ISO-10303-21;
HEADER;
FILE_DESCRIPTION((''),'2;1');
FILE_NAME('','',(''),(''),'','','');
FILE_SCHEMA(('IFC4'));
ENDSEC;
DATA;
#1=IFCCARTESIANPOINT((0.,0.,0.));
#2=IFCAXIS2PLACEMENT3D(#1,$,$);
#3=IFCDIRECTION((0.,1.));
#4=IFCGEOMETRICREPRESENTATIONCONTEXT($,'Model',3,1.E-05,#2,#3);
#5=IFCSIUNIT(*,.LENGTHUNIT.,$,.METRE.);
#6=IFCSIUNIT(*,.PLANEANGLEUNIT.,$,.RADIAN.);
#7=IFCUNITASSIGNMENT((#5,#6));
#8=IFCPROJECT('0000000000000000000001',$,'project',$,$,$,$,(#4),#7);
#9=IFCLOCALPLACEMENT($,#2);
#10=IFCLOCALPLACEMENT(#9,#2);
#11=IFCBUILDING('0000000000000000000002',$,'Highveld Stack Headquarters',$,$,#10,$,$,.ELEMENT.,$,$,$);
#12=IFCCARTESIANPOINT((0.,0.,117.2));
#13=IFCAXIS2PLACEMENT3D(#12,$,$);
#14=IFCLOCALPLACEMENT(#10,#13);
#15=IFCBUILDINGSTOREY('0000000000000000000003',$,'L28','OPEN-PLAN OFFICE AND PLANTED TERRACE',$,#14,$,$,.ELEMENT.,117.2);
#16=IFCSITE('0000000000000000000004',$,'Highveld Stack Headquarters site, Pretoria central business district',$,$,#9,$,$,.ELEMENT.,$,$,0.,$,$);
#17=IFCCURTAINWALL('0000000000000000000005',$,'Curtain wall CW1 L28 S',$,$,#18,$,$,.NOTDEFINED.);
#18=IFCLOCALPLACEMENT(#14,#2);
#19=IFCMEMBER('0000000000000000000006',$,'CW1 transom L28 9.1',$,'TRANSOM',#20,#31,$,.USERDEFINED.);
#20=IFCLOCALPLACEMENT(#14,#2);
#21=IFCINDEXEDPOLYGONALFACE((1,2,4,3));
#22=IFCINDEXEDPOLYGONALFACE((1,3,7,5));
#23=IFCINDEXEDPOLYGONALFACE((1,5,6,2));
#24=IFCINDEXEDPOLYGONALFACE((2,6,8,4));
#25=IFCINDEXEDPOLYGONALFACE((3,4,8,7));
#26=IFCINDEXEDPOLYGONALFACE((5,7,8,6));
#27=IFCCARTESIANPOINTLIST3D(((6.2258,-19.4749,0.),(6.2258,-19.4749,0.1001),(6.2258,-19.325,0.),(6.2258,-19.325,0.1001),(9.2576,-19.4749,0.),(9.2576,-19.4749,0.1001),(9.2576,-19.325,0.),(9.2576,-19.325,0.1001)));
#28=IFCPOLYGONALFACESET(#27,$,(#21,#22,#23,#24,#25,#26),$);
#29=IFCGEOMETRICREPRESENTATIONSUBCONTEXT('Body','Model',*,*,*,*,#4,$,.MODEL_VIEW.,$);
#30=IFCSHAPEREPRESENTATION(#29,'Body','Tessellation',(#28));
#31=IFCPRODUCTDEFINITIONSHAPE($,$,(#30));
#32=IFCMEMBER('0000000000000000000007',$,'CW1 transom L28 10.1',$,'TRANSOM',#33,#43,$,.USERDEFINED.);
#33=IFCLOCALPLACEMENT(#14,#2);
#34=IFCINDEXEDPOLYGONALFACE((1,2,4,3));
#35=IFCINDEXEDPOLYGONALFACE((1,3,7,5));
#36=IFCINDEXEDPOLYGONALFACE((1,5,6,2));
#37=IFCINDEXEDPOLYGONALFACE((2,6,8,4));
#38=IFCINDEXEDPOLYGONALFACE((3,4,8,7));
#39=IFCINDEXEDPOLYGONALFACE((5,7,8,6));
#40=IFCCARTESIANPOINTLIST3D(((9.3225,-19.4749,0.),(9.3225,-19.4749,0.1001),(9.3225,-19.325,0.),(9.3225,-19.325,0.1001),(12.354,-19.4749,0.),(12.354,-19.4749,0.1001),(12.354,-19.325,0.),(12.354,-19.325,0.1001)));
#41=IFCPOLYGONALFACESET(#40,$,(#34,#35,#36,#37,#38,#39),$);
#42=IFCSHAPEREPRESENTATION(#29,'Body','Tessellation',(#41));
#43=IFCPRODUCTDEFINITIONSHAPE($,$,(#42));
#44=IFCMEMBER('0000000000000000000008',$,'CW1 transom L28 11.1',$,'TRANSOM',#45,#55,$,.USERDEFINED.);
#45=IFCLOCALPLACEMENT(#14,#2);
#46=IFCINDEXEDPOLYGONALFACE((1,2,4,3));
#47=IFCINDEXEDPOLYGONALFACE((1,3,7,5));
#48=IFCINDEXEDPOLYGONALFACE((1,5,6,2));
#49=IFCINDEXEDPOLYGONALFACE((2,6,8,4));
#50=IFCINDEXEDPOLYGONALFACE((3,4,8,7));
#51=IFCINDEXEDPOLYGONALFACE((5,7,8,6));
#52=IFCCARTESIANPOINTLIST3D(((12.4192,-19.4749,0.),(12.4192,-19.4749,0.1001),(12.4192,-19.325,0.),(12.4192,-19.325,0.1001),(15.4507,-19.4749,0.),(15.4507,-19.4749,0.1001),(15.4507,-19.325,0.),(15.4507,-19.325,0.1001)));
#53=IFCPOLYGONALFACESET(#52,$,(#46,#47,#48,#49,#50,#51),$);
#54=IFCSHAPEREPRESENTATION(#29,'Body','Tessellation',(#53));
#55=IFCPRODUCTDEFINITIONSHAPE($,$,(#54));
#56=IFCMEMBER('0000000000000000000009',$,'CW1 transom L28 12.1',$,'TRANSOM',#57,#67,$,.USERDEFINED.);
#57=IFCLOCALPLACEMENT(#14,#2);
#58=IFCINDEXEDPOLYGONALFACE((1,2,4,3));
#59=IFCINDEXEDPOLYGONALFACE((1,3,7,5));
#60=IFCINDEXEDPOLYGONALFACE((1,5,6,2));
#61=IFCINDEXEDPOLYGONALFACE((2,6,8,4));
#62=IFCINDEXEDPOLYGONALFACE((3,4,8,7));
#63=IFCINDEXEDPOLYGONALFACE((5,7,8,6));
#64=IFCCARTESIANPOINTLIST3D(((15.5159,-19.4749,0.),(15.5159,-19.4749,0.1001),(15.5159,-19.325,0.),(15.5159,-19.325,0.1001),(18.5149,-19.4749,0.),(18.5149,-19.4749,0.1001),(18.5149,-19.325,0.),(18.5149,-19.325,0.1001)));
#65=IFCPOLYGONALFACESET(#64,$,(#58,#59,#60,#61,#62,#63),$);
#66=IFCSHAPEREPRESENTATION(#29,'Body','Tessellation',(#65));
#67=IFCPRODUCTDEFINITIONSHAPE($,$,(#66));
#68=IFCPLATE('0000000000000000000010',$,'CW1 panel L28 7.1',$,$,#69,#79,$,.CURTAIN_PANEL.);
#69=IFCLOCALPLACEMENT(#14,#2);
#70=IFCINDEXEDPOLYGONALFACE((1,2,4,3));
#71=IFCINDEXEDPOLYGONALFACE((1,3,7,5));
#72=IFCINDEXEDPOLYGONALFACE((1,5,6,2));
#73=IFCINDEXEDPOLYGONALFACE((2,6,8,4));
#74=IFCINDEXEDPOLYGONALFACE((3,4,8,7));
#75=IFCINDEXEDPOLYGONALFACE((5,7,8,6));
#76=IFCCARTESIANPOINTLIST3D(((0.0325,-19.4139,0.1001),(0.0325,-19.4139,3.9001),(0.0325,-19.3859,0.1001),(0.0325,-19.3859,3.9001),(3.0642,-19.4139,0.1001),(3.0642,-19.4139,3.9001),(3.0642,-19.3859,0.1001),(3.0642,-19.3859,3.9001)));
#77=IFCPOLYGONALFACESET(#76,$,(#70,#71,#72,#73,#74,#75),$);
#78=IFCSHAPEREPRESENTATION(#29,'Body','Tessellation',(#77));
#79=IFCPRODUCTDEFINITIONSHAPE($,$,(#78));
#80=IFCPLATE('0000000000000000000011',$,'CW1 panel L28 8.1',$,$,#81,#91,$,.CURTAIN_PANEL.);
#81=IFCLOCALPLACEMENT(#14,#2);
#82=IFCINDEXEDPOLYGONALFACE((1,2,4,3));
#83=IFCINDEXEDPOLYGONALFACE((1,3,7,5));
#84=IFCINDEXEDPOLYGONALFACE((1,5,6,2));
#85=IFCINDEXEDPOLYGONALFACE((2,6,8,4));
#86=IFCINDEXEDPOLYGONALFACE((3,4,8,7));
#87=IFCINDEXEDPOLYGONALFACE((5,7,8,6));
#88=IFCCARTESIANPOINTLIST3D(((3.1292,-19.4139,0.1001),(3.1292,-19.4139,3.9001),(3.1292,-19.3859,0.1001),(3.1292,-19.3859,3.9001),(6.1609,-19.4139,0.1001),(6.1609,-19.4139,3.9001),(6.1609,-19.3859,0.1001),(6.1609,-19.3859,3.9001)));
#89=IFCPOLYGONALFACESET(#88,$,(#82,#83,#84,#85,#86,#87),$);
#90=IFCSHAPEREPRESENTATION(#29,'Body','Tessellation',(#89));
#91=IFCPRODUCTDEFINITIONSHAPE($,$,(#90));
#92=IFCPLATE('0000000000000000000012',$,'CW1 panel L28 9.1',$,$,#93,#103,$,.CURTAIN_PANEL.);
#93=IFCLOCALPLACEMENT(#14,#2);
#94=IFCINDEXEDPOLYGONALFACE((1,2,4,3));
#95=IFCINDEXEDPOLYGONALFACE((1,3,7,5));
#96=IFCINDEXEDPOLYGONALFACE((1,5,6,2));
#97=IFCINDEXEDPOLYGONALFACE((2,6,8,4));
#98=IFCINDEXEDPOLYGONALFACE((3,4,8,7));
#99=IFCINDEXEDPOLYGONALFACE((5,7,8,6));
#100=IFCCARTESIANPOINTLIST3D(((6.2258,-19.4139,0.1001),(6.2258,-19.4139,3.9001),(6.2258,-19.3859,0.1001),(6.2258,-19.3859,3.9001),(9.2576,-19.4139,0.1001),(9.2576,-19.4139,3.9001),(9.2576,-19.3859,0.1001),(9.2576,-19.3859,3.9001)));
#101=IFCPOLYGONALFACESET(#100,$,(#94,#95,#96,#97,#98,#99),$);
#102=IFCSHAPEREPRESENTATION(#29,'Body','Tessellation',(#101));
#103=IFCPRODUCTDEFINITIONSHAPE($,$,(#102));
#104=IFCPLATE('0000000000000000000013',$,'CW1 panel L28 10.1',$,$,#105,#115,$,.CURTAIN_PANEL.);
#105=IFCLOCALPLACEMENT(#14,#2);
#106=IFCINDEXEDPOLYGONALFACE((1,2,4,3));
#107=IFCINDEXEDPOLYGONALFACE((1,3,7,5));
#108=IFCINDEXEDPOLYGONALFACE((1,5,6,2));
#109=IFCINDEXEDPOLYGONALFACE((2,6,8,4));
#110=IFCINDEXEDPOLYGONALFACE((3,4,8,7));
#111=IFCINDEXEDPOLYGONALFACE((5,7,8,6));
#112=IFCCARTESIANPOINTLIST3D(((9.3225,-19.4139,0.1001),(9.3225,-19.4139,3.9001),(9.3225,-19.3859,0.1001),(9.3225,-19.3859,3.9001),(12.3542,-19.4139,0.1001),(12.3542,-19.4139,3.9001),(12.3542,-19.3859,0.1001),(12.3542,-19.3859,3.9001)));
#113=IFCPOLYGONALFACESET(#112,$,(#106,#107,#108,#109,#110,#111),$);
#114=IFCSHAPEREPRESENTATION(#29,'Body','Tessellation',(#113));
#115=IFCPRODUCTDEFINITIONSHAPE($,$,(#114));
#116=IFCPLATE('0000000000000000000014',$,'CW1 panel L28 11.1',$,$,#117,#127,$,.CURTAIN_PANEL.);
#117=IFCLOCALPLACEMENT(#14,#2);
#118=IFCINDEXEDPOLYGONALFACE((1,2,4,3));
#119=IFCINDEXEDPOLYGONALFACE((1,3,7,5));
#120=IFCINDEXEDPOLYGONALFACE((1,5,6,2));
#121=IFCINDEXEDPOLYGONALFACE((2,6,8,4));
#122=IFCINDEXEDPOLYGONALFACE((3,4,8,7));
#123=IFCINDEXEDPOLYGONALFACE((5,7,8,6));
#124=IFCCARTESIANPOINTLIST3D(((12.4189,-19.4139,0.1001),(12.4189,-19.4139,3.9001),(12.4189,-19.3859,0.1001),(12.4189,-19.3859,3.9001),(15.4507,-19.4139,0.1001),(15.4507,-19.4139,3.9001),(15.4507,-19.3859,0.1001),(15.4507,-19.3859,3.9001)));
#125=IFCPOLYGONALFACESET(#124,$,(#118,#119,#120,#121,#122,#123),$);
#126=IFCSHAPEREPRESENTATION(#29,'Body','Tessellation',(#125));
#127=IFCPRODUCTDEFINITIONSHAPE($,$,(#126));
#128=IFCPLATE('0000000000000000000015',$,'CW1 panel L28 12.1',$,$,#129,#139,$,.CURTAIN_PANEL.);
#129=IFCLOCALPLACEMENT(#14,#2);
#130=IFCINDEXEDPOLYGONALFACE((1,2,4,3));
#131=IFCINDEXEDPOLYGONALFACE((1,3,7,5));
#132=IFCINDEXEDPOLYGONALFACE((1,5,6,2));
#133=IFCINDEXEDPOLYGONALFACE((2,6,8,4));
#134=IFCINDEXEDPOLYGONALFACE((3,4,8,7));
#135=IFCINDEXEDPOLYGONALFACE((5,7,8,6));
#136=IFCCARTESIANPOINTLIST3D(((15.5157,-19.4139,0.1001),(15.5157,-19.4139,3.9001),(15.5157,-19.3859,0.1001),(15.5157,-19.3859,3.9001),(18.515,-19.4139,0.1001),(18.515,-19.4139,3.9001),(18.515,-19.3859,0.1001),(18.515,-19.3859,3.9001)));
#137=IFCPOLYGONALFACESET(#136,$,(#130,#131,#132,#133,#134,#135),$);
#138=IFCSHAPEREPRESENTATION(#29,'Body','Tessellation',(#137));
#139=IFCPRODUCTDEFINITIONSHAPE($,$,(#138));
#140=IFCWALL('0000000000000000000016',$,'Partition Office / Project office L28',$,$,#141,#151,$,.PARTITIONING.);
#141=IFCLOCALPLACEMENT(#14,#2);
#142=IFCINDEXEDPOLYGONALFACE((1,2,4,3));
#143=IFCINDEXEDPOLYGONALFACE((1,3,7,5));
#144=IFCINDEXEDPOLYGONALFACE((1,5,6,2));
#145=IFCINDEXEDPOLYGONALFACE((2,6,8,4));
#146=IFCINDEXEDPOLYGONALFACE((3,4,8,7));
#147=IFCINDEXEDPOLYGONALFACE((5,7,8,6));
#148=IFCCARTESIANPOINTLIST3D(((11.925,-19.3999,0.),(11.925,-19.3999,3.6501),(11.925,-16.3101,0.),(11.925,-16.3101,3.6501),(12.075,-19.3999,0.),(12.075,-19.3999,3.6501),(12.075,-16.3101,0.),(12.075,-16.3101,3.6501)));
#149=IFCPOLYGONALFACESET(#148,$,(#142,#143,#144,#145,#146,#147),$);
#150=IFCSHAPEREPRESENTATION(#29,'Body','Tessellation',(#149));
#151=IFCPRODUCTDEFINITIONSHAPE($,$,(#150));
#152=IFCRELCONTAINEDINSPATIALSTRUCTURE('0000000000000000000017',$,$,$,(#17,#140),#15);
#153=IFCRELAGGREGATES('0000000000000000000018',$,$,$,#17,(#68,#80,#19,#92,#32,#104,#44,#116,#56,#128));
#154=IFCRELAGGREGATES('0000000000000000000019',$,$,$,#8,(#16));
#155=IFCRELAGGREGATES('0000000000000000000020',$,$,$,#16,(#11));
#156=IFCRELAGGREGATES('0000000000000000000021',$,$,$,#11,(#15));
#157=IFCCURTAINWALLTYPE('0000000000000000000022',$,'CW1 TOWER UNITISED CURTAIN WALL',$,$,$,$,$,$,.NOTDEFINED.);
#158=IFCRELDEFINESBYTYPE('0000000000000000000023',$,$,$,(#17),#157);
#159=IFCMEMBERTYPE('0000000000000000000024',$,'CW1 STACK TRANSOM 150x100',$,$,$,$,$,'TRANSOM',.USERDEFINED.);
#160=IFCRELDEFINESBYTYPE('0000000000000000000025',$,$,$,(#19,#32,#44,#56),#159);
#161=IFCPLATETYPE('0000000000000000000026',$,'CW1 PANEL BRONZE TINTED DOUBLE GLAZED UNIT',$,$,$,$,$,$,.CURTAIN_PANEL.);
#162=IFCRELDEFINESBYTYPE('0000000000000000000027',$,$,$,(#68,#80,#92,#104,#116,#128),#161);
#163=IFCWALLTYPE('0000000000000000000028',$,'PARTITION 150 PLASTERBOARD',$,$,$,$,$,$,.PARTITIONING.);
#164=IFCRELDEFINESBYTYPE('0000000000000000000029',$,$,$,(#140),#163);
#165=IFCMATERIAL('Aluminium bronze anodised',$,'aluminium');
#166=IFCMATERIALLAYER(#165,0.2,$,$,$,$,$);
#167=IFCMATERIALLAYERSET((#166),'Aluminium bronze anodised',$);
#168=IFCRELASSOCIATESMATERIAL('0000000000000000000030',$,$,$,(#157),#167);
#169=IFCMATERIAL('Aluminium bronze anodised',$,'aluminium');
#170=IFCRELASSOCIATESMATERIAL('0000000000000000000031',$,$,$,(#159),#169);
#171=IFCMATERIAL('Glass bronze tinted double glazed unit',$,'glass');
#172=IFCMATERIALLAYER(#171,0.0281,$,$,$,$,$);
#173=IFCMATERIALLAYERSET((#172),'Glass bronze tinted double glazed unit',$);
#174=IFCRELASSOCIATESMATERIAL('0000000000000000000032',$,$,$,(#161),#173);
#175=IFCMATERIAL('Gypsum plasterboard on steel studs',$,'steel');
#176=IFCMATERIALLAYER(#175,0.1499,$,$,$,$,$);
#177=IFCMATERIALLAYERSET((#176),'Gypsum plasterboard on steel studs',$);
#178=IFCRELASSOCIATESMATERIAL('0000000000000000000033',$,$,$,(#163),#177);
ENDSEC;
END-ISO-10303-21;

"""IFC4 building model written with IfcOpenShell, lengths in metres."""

from ifc_helpers import new_model, si_unit, direction, frame, frame_2d, origin, origin_2d, place, context, subcontext, project, spatial, rectangle, extrude, material, layer, layer_set, material_profile, profile_set, type_object, element, aggregate, save


model = new_model("IFC4")

# Units and contexts
model_context = context("Model", 3, precision=1e-05, world=origin(), true_north=direction((0.0, 1.0)))
body_context = subcontext(model_context, "Body", "Model", "MODEL_VIEW")
ifc_project = project(units=[si_unit("LENGTHUNIT", "METRE"), si_unit("PLANEANGLEUNIT", "RADIAN")], contexts=[model_context])

# Site, building, storey
site_placement = place(None, origin())
site = spatial("IfcSite", under=ifc_project, at=site_placement, Name="Highveld Stack Headquarters site, Pretoria central business district", CompositionType="ELEMENT", RefElevation=0.0)
building_placement = place(site_placement, origin())
building = spatial("IfcBuilding", under=site, at=building_placement, Name="Highveld Stack Headquarters", CompositionType="ELEMENT")
storey_placement = place(building_placement, frame((0.0, 0.0, 117.2)))
storey = spatial("IfcBuildingStorey", under=building, at=storey_placement, Name="L28", Description="OPEN-PLAN OFFICE AND PLANTED TERRACE", CompositionType="ELEMENT", Elevation=117.2)

# Curtain wall, members, plates
ifc_material_1 = material(Name="Aluminium bronze anodised", Category="aluminium")
ifc_layer_1 = layer(ifc_material_1, 0.2)
ifc_layer_set_1 = layer_set([ifc_layer_1], Name="Aluminium bronze anodised")
curtain_wall_type = type_object("IfcCurtainWallType", Name="CW1 TOWER UNITISED CURTAIN WALL", PredefinedType="NOTDEFINED", material=ifc_layer_set_1)
curtain_wall_placement = place(storey_placement, origin())
curtain_wall = element("IfcCurtainWall", 1, at=curtain_wall_placement, inside=storey, type_object=curtain_wall_type, Name="Curtain wall CW1 L28 S", PredefinedType="NOTDEFINED")
ifc_material_2 = material(Name="Aluminium bronze anodised", Category="aluminium")
ifc_material_profile_1 = material_profile(ifc_material_2, rectangle(XDim=0.1499, YDim=0.1001, at=origin_2d()), Name="CW1 TRANSOM 150x100")
ifc_profile_set_1 = profile_set([ifc_material_profile_1], Name="Aluminium bronze anodised")
member_type_1 = type_object("IfcMemberType", Name="CW1 STACK TRANSOM 150x100", ElementType="TRANSOM", PredefinedType="USERDEFINED", material=ifc_profile_set_1)
member_1_placement = place(storey_placement, frame((6.2258, -19.3999, 0.05), z_axis=(1.0, 0.0, 0.0), x_axis=(0.0, 1.0, 0.0)))
member_1 = element("IfcMember", 2, at=member_1_placement, type_object=member_type_1, Name="CW1 transom L28 9.1", ObjectType="TRANSOM", PredefinedType="USERDEFINED", context=body_context, shape_type="SweptSolid", body=[
    extrude(rectangle(XDim=0.1499, YDim=0.1001, at=origin_2d()), origin(), (0.0, 0.0, 1.0), 3.0317),
])
member_2_placement = place(storey_placement, frame((9.3225, -19.3999, 0.05), z_axis=(1.0, 0.0, 0.0), x_axis=(0.0, 1.0, 0.0)))
member_2 = element("IfcMember", 3, at=member_2_placement, type_object=member_type_1, Name="CW1 transom L28 10.1", ObjectType="TRANSOM", PredefinedType="USERDEFINED", context=body_context, shape_type="SweptSolid", body=[
    extrude(rectangle(XDim=0.1499, YDim=0.1001, at=origin_2d()), origin(), (0.0, 0.0, 1.0), 3.0315),
])
member_3_placement = place(storey_placement, frame((12.4192, -19.3999, 0.05), z_axis=(1.0, 0.0, 0.0), x_axis=(0.0, 1.0, 0.0)))
member_3 = element("IfcMember", 4, at=member_3_placement, type_object=member_type_1, Name="CW1 transom L28 11.1", ObjectType="TRANSOM", PredefinedType="USERDEFINED", context=body_context, shape_type="SweptSolid", body=[
    extrude(rectangle(XDim=0.1499, YDim=0.1001, at=origin_2d()), origin(), (0.0, 0.0, 1.0), 3.0315),
])
member_4_placement = place(storey_placement, frame((15.5159, -19.3999, 0.05), z_axis=(1.0, 0.0, 0.0), x_axis=(0.0, 1.0, 0.0)))
member_4 = element("IfcMember", 5, at=member_4_placement, type_object=member_type_1, Name="CW1 transom L28 12.1", ObjectType="TRANSOM", PredefinedType="USERDEFINED", context=body_context, shape_type="SweptSolid", body=[
    extrude(rectangle(XDim=0.1499, YDim=0.1001, at=origin_2d()), origin(), (0.0, 0.0, 1.0), 2.999),
])
ifc_material_3 = material(Name="Glass bronze tinted double glazed unit", Category="glass")
ifc_layer_2 = layer(ifc_material_3, 0.0281)
ifc_layer_set_2 = layer_set([ifc_layer_2], Name="Glass bronze tinted double glazed unit")
plate_type = type_object("IfcPlateType", Name="CW1 PANEL BRONZE TINTED DOUBLE GLAZED UNIT", PredefinedType="CURTAIN_PANEL", material=ifc_layer_set_2)
plate_1_placement = place(storey_placement, frame((1.5483, -19.3999, 0.1001), z_axis=(0.0, 0.0, 1.0), x_axis=(1.0, 0.0, 0.0)))
plate_1 = element("IfcPlate", 6, at=plate_1_placement, type_object=plate_type, Name="CW1 panel L28 7.1", PredefinedType="CURTAIN_PANEL", context=body_context, shape_type="SweptSolid", body=[
    extrude(rectangle(XDim=3.0317, YDim=0.0281, at=origin_2d()), origin(), (0.0, 0.0, 1.0), 3.8),
])
plate_2_placement = place(storey_placement, frame((4.645, -19.3999, 0.1001), z_axis=(0.0, 0.0, 1.0), x_axis=(1.0, 0.0, 0.0)))
plate_2 = element("IfcPlate", 7, at=plate_2_placement, type_object=plate_type, Name="CW1 panel L28 8.1", PredefinedType="CURTAIN_PANEL", context=body_context, shape_type="SweptSolid", body=[
    extrude(rectangle(XDim=3.0317, YDim=0.0281, at=origin_2d()), origin(), (0.0, 0.0, 1.0), 3.8),
])
plate_3_placement = place(storey_placement, frame((7.7417, -19.3999, 0.1001), z_axis=(0.0, 0.0, 1.0), x_axis=(1.0, 0.0, 0.0)))
plate_3 = element("IfcPlate", 8, at=plate_3_placement, type_object=plate_type, Name="CW1 panel L28 9.1", PredefinedType="CURTAIN_PANEL", context=body_context, shape_type="SweptSolid", body=[
    extrude(rectangle(XDim=3.0317, YDim=0.0281, at=origin_2d()), origin(), (0.0, 0.0, 1.0), 3.8),
])
plate_4_placement = place(storey_placement, frame((10.8384, -19.3999, 0.1001), z_axis=(0.0, 0.0, 1.0), x_axis=(1.0, 0.0, 0.0)))
plate_4 = element("IfcPlate", 9, at=plate_4_placement, type_object=plate_type, Name="CW1 panel L28 10.1", PredefinedType="CURTAIN_PANEL", context=body_context, shape_type="SweptSolid", body=[
    extrude(rectangle(XDim=3.0317, YDim=0.0281, at=origin_2d()), origin(), (0.0, 0.0, 1.0), 3.8),
])
plate_5_placement = place(storey_placement, frame((13.9348, -19.3999, 0.1001), z_axis=(0.0, 0.0, 1.0), x_axis=(1.0, 0.0, 0.0)))
plate_5 = element("IfcPlate", 10, at=plate_5_placement, type_object=plate_type, Name="CW1 panel L28 11.1", PredefinedType="CURTAIN_PANEL", context=body_context, shape_type="SweptSolid", body=[
    extrude(rectangle(XDim=3.0317, YDim=0.0281, at=origin_2d()), origin(), (0.0, 0.0, 1.0), 3.8),
])
plate_6_placement = place(storey_placement, frame((17.0154, -19.3999, 0.1001), z_axis=(0.0, 0.0, 1.0), x_axis=(1.0, 0.0, 0.0)))
plate_6 = element("IfcPlate", 11, at=plate_6_placement, type_object=plate_type, Name="CW1 panel L28 12.1", PredefinedType="CURTAIN_PANEL", context=body_context, shape_type="SweptSolid", body=[
    extrude(rectangle(XDim=2.9993, YDim=0.0281, at=origin_2d()), origin(), (0.0, 0.0, 1.0), 3.8),
])
aggregate(curtain_wall, [plate_1, plate_2, member_1, plate_3, member_2, plate_4, member_3, plate_5, member_4, plate_6])

# Wall
ifc_material_4 = material(Name="Gypsum plasterboard on steel studs", Category="steel")
ifc_layer_3 = layer(ifc_material_4, 0.1499)
ifc_layer_set_3 = layer_set([ifc_layer_3], Name="Gypsum plasterboard on steel studs")
wall_type = type_object("IfcWallType", Name="PARTITION 150 PLASTERBOARD", PredefinedType="PARTITIONING", material=ifc_layer_set_3)
wall_placement = place(storey_placement, frame((12.0, -19.3999, 0.0), z_axis=(0.0, 0.0, 1.0), x_axis=(0.0, 1.0, 0.0)))
element("IfcWall", 12, at=wall_placement, inside=storey, type_object=wall_type, Name="Partition Office / Project office L28", PredefinedType="PARTITIONING", context=body_context, shape_type="SweptSolid", body=[
    extrude(rectangle(XDim=3.0898, YDim=0.1499, at=frame_2d((1.5449, 0.0))), origin(), (0.0, 0.0, 1.0), 3.6501),
])

save(model, "model.ifc")
